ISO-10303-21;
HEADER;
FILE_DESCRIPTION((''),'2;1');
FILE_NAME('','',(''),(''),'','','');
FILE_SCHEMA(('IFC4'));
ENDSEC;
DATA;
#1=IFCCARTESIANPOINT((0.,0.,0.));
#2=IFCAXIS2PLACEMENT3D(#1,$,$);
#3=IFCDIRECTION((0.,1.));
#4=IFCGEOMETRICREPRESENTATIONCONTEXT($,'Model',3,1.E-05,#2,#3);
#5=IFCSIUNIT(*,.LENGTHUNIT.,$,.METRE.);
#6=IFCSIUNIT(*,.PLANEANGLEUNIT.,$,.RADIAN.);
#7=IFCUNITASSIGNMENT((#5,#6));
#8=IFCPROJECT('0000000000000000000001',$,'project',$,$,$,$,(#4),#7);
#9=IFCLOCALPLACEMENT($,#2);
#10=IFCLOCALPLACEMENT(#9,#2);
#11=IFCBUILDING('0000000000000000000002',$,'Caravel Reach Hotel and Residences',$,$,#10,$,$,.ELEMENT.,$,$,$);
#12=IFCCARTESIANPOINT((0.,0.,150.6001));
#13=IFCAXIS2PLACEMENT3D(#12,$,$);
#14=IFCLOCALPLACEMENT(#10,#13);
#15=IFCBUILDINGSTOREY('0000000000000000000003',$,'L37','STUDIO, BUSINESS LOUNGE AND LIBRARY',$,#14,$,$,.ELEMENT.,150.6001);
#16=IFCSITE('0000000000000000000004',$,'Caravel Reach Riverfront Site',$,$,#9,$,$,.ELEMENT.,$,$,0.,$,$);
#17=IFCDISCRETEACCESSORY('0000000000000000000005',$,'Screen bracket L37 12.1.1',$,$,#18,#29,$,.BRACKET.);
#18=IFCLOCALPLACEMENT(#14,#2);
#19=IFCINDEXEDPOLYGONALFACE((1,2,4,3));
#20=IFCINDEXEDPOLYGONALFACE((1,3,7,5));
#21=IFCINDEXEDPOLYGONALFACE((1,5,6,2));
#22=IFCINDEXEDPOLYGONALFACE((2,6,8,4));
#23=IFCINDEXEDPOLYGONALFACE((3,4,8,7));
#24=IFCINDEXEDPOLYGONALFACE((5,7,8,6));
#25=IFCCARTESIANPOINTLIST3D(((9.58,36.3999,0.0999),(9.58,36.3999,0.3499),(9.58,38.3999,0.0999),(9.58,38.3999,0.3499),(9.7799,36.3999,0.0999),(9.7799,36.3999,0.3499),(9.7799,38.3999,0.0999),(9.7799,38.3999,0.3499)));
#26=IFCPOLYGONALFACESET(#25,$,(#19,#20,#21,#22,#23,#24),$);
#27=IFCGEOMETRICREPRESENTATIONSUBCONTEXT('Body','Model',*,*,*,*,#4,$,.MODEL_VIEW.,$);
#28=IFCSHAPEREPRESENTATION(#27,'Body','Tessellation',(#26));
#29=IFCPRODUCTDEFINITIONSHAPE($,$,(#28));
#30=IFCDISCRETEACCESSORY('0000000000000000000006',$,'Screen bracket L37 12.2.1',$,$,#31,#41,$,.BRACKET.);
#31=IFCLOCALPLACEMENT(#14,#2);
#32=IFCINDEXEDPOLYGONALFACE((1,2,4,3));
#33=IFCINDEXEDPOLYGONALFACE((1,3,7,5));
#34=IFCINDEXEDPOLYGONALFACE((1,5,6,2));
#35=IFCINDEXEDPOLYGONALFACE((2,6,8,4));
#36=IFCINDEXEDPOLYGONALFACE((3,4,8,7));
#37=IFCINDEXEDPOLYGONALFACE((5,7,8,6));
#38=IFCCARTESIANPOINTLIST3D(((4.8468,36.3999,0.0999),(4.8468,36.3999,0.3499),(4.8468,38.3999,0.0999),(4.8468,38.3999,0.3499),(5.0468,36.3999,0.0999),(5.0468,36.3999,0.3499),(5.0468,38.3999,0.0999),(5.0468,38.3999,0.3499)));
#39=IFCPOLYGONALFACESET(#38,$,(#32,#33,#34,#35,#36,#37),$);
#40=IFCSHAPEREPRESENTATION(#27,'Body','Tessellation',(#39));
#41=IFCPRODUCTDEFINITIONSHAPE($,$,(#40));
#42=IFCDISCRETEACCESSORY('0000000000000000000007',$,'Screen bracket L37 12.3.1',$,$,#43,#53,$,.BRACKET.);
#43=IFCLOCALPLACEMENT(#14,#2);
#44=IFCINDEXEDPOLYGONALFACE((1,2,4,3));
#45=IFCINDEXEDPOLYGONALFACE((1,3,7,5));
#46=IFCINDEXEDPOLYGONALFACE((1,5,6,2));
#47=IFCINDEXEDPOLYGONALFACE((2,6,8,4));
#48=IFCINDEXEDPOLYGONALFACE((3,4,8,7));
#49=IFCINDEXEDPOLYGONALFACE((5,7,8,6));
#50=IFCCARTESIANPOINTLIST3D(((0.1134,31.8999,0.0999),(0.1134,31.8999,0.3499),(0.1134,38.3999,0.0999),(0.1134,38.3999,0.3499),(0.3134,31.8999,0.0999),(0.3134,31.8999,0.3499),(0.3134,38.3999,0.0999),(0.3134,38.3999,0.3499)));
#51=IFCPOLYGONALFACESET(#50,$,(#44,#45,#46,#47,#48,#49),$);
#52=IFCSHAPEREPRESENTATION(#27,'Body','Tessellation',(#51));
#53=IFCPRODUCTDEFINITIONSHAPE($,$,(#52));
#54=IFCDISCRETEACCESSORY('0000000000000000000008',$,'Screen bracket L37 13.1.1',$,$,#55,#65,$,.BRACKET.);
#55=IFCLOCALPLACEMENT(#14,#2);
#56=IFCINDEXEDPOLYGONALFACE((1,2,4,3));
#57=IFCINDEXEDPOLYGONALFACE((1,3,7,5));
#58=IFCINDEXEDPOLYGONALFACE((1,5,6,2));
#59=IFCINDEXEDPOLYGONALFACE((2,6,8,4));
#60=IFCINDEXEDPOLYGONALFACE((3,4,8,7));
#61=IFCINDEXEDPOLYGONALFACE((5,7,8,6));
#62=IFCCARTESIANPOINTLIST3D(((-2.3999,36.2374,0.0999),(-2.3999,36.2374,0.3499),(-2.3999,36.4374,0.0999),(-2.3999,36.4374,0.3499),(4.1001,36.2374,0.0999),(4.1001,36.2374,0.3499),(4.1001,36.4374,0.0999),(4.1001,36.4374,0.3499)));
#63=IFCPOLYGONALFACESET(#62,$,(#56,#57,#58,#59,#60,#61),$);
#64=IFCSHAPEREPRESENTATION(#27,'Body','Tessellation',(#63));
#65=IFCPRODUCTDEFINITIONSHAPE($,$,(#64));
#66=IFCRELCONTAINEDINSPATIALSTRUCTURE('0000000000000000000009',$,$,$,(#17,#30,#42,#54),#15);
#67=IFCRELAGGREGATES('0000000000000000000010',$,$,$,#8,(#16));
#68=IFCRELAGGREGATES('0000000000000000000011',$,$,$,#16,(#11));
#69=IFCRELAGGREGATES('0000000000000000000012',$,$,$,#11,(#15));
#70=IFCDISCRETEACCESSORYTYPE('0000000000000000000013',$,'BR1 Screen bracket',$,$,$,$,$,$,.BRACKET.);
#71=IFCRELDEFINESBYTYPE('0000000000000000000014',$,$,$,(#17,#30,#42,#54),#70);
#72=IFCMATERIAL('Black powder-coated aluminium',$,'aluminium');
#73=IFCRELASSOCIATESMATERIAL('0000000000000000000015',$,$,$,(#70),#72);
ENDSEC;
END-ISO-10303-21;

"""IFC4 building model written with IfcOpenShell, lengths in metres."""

from ifc_helpers import new_model, si_unit, direction, frame, origin, origin_2d, place, context, subcontext, project, spatial, rectangle, extrude, material, type_object, element, save


model = new_model("IFC4")

# Units and contexts
model_context = context("Model", 3, precision=1e-05, world=origin(), true_north=direction((0.0, 1.0)))
body_context = subcontext(model_context, "Body", "Model", "MODEL_VIEW")
ifc_project = project(units=[si_unit("LENGTHUNIT", "METRE"), si_unit("PLANEANGLEUNIT", "RADIAN")], contexts=[model_context])

# Site, building, storey
site_placement = place(None, origin())
site = spatial("IfcSite", under=ifc_project, at=site_placement, Name="Caravel Reach Riverfront Site", CompositionType="ELEMENT", RefElevation=0.0)
building_placement = place(site_placement, origin())
building = spatial("IfcBuilding", under=site, at=building_placement, Name="Caravel Reach Hotel and Residences", CompositionType="ELEMENT")
storey_placement = place(building_placement, frame((0.0, 0.0, 150.6001)))
storey = spatial("IfcBuildingStorey", under=building, at=storey_placement, Name="L37", Description="STUDIO, BUSINESS LOUNGE AND LIBRARY", CompositionType="ELEMENT", Elevation=150.6001)

# Discrete accessories
ifc_material_1 = material(Name="Black powder-coated aluminium", Category="aluminium")
discrete_accessory_type = type_object("IfcDiscreteAccessoryType", Name="BR1 Screen bracket", PredefinedType="BRACKET", material=ifc_material_1)
for number, where, z_axis, x_axis, name in (
    (1, (9.6799, 37.3999, 0.0999), (0.0, 0.0, 1.0), (0.0, 1.0, 0.0), "Screen bracket L37 12.1.1"),
    (2, (4.9468, 37.3999, 0.0999), (0.0, 0.0, 1.0), (0.0, 1.0, 0.0), "Screen bracket L37 12.2.1"),
):
    element("IfcDiscreteAccessory", number, at=place(storey_placement, frame(where, z_axis=z_axis, x_axis=x_axis)), inside=storey, type_object=discrete_accessory_type, Name=name, PredefinedType="BRACKET", context=body_context, shape_type="SweptSolid", body=[
        extrude(rectangle(XDim=2.0, YDim=0.2, at=origin_2d()), origin(), (0.0, 0.0, 1.0), 0.25),
    ])
for number, where, z_axis, x_axis, name in (
    (3, (0.2134, 35.1499, 0.0999), (0.0, 0.0, 1.0), (0.0, 1.0, 0.0), "Screen bracket L37 12.3.1"),
    (4, (0.8501, 36.3374, 0.0999), (0.0, 0.0, 1.0), (-1.0, 0.0, 0.0), "Screen bracket L37 13.1.1"),
):
    element("IfcDiscreteAccessory", number, at=place(storey_placement, frame(where, z_axis=z_axis, x_axis=x_axis)), inside=storey, type_object=discrete_accessory_type, Name=name, PredefinedType="BRACKET", context=body_context, shape_type="SweptSolid", body=[
        extrude(rectangle(XDim=6.5, YDim=0.2, at=origin_2d()), origin(), (0.0, 0.0, 1.0), 0.25),
    ])

save(model, "model.ifc")
